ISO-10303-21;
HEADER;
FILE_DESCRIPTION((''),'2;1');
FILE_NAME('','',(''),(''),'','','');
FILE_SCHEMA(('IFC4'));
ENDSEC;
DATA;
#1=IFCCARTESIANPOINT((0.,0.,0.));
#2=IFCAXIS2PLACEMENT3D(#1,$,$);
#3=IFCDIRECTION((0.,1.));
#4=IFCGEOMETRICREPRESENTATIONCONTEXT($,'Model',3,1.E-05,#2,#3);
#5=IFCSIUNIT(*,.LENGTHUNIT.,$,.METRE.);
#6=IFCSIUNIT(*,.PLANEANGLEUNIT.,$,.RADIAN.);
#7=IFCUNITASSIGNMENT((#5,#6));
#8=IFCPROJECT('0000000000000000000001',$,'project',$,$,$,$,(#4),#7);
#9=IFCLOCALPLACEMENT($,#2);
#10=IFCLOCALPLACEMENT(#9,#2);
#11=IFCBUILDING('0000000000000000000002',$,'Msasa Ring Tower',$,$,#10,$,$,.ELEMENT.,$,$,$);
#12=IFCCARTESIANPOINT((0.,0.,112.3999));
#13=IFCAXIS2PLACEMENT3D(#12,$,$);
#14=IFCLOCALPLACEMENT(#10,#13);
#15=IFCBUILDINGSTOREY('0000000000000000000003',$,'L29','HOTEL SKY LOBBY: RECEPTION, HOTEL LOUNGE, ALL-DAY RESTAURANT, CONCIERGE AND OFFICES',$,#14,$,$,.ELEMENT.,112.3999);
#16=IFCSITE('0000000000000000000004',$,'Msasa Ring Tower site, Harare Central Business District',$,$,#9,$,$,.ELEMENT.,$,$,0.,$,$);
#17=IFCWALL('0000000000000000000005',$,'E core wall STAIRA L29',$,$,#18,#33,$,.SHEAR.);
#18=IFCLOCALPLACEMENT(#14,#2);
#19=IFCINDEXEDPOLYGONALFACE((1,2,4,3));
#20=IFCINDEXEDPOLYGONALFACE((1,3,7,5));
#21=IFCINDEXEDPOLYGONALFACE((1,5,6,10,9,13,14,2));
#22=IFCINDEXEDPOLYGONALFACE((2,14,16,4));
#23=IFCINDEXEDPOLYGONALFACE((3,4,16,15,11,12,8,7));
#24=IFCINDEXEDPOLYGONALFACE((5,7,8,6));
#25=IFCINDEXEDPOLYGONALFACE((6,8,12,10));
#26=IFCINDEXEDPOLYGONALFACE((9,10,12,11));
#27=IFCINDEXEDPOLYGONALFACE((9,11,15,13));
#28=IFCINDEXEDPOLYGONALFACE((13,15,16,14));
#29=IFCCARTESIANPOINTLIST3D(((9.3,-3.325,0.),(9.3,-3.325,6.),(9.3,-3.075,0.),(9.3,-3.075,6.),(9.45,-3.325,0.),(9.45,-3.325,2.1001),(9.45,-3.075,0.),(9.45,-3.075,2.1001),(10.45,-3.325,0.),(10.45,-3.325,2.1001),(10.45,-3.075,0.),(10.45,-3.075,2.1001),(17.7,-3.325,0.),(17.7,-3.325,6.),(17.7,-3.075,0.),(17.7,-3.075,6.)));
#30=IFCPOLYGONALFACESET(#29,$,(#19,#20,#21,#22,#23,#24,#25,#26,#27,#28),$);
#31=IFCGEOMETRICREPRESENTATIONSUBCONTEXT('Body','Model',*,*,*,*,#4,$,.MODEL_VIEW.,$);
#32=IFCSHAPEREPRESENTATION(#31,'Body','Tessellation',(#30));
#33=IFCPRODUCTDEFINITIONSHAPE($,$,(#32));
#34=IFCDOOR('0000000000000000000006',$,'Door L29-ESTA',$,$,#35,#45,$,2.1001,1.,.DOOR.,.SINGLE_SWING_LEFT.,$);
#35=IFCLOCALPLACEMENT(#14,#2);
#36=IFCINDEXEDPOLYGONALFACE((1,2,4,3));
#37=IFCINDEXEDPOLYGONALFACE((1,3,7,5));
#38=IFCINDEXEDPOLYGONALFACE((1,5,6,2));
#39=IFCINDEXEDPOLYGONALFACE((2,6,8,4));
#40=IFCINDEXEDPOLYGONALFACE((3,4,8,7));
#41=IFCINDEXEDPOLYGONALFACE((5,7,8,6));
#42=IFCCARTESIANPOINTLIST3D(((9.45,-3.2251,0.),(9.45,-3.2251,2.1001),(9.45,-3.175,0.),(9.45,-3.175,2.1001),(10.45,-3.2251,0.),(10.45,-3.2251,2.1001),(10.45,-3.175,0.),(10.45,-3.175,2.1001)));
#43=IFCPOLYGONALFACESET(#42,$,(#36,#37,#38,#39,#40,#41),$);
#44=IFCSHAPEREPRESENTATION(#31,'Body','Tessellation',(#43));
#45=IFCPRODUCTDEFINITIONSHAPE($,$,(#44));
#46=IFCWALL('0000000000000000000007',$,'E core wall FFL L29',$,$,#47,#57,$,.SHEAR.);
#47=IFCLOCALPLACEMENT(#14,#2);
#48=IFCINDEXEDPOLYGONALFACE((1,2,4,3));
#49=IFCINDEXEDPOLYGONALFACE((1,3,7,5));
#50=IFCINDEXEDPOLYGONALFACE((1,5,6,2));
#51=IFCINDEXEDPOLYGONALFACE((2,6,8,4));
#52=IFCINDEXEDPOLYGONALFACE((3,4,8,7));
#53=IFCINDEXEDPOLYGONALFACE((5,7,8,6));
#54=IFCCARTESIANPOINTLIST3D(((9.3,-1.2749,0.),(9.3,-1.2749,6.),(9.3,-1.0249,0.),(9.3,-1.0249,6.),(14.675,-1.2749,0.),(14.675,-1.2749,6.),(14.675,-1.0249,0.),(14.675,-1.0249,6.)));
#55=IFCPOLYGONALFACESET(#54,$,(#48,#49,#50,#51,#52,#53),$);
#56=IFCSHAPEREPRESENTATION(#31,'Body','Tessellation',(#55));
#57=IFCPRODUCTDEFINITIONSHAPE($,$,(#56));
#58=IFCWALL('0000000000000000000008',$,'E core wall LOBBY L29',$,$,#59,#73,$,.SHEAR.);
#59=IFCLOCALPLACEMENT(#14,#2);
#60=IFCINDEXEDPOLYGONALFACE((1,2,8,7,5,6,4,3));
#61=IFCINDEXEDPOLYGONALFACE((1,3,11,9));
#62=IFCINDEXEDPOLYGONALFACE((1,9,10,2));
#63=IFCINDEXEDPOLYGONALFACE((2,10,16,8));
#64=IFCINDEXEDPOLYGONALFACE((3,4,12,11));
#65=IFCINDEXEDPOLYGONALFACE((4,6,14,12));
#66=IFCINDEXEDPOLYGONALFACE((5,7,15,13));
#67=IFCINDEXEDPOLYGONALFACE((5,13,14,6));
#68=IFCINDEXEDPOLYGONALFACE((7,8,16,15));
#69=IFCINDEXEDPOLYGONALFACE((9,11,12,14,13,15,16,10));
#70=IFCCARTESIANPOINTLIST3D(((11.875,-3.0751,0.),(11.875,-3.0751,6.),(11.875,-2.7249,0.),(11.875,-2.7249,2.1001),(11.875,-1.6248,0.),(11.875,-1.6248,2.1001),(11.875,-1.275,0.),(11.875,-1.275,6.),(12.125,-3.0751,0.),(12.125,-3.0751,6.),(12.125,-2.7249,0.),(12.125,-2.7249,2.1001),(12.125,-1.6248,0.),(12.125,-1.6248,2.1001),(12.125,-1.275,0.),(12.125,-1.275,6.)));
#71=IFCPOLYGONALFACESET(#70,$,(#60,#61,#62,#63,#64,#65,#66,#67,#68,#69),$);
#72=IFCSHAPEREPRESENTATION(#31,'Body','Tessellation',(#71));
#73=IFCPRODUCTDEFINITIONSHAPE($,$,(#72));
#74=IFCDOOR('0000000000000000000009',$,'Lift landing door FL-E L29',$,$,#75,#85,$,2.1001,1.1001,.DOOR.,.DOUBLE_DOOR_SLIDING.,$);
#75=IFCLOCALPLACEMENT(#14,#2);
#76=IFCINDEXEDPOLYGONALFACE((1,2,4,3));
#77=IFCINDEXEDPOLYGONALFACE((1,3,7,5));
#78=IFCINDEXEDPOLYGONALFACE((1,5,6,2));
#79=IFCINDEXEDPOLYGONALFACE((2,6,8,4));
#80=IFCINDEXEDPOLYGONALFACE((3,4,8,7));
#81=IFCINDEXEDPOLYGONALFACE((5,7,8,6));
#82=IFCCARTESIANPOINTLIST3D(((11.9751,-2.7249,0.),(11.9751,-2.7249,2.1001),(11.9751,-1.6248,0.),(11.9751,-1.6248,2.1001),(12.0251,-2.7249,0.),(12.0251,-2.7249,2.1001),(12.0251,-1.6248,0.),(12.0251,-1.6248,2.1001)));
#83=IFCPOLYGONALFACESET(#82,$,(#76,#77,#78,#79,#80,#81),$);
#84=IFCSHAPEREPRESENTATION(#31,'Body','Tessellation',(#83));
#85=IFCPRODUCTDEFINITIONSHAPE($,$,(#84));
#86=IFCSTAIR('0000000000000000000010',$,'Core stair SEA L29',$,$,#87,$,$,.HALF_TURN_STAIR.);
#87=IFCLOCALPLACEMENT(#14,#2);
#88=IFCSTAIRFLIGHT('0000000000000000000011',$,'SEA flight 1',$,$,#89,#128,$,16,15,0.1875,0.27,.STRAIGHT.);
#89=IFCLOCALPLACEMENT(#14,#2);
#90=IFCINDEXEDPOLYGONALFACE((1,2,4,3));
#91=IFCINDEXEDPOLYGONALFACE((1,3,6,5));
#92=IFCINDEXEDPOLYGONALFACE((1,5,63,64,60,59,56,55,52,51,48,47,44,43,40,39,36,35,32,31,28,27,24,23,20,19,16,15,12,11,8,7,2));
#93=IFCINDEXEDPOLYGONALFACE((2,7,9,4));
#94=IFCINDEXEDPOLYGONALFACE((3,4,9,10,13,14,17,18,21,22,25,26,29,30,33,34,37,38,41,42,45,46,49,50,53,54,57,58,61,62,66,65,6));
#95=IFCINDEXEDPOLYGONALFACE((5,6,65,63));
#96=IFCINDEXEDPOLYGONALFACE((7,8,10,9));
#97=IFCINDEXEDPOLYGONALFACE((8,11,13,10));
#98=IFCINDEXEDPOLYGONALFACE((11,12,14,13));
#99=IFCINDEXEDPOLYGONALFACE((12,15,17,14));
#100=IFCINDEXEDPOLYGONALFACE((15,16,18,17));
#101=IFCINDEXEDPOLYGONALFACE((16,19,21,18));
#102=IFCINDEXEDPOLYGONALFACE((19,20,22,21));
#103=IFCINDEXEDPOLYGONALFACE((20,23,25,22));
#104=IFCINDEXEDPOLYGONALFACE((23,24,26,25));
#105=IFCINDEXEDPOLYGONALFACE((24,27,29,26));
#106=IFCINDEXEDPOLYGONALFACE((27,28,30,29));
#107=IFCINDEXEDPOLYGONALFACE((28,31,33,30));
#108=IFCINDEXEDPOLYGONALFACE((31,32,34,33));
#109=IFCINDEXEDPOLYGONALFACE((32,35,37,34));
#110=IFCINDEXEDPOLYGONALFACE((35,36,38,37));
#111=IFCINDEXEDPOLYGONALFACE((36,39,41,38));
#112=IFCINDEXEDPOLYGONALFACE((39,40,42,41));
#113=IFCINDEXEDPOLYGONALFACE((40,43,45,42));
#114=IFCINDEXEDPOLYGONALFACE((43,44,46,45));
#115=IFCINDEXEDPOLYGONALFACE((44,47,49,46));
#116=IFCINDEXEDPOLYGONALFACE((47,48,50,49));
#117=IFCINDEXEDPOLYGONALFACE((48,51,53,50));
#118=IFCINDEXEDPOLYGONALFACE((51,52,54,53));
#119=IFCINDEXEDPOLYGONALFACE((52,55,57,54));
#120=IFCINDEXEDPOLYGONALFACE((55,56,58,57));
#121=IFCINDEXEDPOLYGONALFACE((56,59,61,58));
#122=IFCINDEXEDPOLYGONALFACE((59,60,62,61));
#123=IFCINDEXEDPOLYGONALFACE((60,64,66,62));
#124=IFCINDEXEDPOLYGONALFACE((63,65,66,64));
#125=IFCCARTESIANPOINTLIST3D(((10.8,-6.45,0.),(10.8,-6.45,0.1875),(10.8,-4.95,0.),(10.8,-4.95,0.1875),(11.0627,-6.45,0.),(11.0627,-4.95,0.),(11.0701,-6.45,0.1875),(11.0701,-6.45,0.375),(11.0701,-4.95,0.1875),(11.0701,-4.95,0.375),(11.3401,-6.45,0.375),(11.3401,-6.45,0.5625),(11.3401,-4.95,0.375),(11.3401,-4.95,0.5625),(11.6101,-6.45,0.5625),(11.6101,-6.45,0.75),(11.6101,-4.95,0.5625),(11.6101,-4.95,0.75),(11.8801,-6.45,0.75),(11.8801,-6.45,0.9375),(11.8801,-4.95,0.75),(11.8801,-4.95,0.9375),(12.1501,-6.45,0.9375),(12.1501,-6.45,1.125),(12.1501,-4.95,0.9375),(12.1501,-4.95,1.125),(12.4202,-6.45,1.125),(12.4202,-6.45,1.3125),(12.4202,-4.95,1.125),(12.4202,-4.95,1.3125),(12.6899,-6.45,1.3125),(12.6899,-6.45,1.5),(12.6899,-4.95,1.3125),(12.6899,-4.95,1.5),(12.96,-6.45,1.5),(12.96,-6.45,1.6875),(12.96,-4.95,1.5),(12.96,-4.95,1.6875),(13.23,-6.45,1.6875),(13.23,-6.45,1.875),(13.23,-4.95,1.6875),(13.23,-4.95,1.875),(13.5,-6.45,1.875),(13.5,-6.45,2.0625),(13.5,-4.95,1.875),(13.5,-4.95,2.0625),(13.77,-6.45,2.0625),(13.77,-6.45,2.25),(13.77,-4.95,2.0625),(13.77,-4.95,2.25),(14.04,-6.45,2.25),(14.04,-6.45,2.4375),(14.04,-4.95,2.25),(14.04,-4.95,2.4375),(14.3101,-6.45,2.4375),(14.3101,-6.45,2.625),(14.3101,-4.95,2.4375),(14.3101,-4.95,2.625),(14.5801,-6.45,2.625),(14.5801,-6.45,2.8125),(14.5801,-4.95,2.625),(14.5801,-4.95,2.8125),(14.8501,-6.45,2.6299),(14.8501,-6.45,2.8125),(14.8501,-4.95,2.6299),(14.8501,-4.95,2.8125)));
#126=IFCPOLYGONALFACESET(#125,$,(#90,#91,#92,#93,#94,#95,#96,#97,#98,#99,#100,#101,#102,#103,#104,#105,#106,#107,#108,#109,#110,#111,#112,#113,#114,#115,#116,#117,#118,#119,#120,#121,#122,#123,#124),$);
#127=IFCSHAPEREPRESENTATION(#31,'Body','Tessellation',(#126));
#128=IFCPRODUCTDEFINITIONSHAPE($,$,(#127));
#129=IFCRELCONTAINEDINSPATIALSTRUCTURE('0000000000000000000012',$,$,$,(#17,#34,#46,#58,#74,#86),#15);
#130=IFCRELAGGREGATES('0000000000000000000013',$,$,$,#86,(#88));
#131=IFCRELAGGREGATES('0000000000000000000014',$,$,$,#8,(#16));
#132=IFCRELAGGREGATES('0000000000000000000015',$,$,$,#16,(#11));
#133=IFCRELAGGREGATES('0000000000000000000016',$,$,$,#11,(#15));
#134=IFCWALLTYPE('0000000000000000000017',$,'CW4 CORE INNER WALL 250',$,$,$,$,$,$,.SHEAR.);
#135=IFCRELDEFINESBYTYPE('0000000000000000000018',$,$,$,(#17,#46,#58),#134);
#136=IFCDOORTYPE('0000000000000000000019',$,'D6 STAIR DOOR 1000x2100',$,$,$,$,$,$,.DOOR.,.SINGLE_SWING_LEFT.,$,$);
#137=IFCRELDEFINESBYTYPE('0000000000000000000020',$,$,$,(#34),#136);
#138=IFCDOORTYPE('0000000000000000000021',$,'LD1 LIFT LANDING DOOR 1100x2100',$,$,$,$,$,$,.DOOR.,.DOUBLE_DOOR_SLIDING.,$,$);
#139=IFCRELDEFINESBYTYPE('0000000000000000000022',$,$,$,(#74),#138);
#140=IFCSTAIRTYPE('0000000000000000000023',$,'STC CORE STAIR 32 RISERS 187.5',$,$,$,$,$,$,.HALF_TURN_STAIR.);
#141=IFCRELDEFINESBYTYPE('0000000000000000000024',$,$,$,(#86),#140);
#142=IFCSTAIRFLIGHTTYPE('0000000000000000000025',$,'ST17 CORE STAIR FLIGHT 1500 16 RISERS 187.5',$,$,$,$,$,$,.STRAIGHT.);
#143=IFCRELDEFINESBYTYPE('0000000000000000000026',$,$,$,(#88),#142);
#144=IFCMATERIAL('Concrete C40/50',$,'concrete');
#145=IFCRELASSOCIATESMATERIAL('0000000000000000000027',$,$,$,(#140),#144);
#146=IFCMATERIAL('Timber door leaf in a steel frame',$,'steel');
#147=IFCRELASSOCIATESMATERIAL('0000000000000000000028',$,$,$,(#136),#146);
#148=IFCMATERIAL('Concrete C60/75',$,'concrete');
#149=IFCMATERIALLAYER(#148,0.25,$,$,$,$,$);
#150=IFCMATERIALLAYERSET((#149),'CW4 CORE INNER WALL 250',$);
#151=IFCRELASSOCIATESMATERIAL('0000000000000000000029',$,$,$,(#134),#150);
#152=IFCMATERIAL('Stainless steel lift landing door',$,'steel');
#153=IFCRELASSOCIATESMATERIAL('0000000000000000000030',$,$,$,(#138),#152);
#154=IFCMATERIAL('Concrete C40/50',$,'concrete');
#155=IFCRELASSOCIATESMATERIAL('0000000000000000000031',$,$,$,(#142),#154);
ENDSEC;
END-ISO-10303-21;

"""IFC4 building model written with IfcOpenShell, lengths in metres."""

from ifc_helpers import new_model, si_unit, direction, frame, frame_2d, origin, place, context, subcontext, project, spatial, polyline, rectangle, outline, extrude, material, layer, layer_set, type_object, element, fill, aggregate, save


model = new_model("IFC4")

# Units and contexts
model_context = context("Model", 3, precision=1e-05, world=origin(), true_north=direction((0.0, 1.0)))
body_context = subcontext(model_context, "Body", "Model", "MODEL_VIEW")
ifc_project = project(units=[si_unit("LENGTHUNIT", "METRE"), si_unit("PLANEANGLEUNIT", "RADIAN")], contexts=[model_context])

# Site, building, storey
site_placement = place(None, origin())
site = spatial("IfcSite", under=ifc_project, at=site_placement, Name="Msasa Ring Tower site, Harare Central Business District", CompositionType="ELEMENT", RefElevation=0.0)
building_placement = place(site_placement, origin())
building = spatial("IfcBuilding", under=site, at=building_placement, Name="Msasa Ring Tower", CompositionType="ELEMENT")
storey_placement = place(building_placement, frame((0.0, 0.0, 112.3999)))
storey = spatial("IfcBuildingStorey", under=building, at=storey_placement, Name="L29", Description="HOTEL SKY LOBBY: RECEPTION, HOTEL LOUNGE, ALL-DAY RESTAURANT, CONCIERGE AND OFFICES", CompositionType="ELEMENT", Elevation=112.3999)

# Shared definitions
ifc_material_1 = material(Name="Concrete C40/50", Category="concrete")
stair_type = type_object("IfcStairType", Name="STC CORE STAIR 32 RISERS 187.5", PredefinedType="HALF_TURN_STAIR", material=ifc_material_1)

# Shared definitions
ifc_material_2 = material(Name="Timber door leaf in a steel frame", Category="steel")
door_type_1 = type_object("IfcDoorType", Name="D6 STAIR DOOR 1000x2100", OperationType="SINGLE_SWING_LEFT", PredefinedType="DOOR", material=ifc_material_2)

# Wall, opening, door
ifc_material_3 = material(Name="Concrete C60/75", Category="concrete")
ifc_layer_1 = layer(ifc_material_3, 0.25)
ifc_layer_set_1 = layer_set([ifc_layer_1], Name="CW4 CORE INNER WALL 250")
wall_type_1 = type_object("IfcWallType", Name="CW4 CORE INNER WALL 250", PredefinedType="SHEAR", material=ifc_layer_set_1)
wall_1_placement = place(storey_placement, frame((9.3, -3.2, 0.0), z_axis=(0.0, 0.0, 1.0), x_axis=(1.0, 0.0, 0.0)))
wall_1 = element("IfcWall", 1, at=wall_1_placement, inside=storey, type_object=wall_type_1, Name="E core wall STAIRA L29", PredefinedType="SHEAR", context=body_context, shape_type="SweptSolid", body=[
    extrude(rectangle(XDim=8.3999, YDim=0.25, at=frame_2d((4.2, 0.0))), origin(), (0.0, 0.0, 1.0), 6.0),
])
opening_1_placement = place(wall_1_placement, frame((0.1499, 0.0, 0.0)))
opening_1 = element("IfcOpeningElement", 2, at=opening_1_placement, cuts=wall_1, PredefinedType="OPENING", context=body_context, shape_type="SweptSolid", body=[
    extrude(rectangle(XDim=1.0, YDim=2.1001, at=frame_2d((0.5, 1.05))), frame((0.0, 0.135, 0.0), z_axis=(0.0, -1.0, 0.0), x_axis=(1.0, 0.0, 0.0)), (0.0, 0.0, 1.0), 0.27),
])
door_1_placement = place(opening_1_placement, origin())
door_1 = element("IfcDoor", 3, at=door_1_placement, inside=storey, type_object=door_type_1, Name="Door L29-ESTA", OperationType="SINGLE_SWING_LEFT", OverallHeight=2.1001, OverallWidth=1.0, PredefinedType="DOOR", context=body_context, shape_type="SweptSolid", body=[
    extrude(rectangle(XDim=1.0, YDim=2.1001, at=frame_2d((0.5, 1.05))), frame((0.0, 0.0249, 0.0), z_axis=(0.0, -1.0, 0.0), x_axis=(1.0, 0.0, 0.0)), (0.0, 0.0, 1.0), 0.05),
])
fill(opening_1, door_1)

# Wall
wall_2_placement = place(storey_placement, frame((9.3, -1.1499, 0.0), z_axis=(0.0, 0.0, 1.0), x_axis=(1.0, 0.0, 0.0)))
element("IfcWall", 4, at=wall_2_placement, inside=storey, type_object=wall_type_1, Name="E core wall FFL L29", PredefinedType="SHEAR", context=body_context, shape_type="SweptSolid", body=[
    extrude(rectangle(XDim=5.375, YDim=0.25, at=frame_2d((2.6875, 0.0))), origin(), (0.0, 0.0, 1.0), 6.0),
])

# Wall, opening, door
wall_3_placement = place(storey_placement, frame((12.0, -3.075, 0.0), z_axis=(0.0, 0.0, 1.0), x_axis=(0.0, 1.0, 0.0)))
wall_3 = element("IfcWall", 5, at=wall_3_placement, inside=storey, type_object=wall_type_1, Name="E core wall LOBBY L29", PredefinedType="SHEAR", context=body_context, shape_type="SweptSolid", body=[
    extrude(rectangle(XDim=1.8, YDim=0.25, at=frame_2d((0.8999, 0.0))), origin(), (0.0, 0.0, 1.0), 6.0),
])
opening_2_placement = place(wall_3_placement, frame((0.3501, 0.0, 0.0)))
opening_2 = element("IfcOpeningElement", 6, at=opening_2_placement, cuts=wall_3, PredefinedType="OPENING", context=body_context, shape_type="SweptSolid", body=[
    extrude(rectangle(XDim=1.1001, YDim=2.1001, at=frame_2d((0.55, 1.05))), frame((0.0, 0.135, 0.0), z_axis=(0.0, -1.0, 0.0), x_axis=(1.0, 0.0, 0.0)), (0.0, 0.0, 1.0), 0.27),
])
ifc_material_4 = material(Name="Stainless steel lift landing door", Category="steel")
door_type_2 = type_object("IfcDoorType", Name="LD1 LIFT LANDING DOOR 1100x2100", OperationType="DOUBLE_DOOR_SLIDING", PredefinedType="DOOR", material=ifc_material_4)
door_2_placement = place(opening_2_placement, origin())
door_2 = element("IfcDoor", 7, at=door_2_placement, inside=storey, type_object=door_type_2, Name="Lift landing door FL-E L29", OperationType="DOUBLE_DOOR_SLIDING", OverallHeight=2.1001, OverallWidth=1.1001, PredefinedType="DOOR", context=body_context, shape_type="SweptSolid", body=[
    extrude(rectangle(XDim=1.1001, YDim=2.1001, at=frame_2d((0.55, 1.05))), frame((0.0, 0.0249, 0.0), z_axis=(0.0, -1.0, 0.0), x_axis=(1.0, 0.0, 0.0)), (0.0, 0.0, 1.0), 0.05),
])
fill(opening_2, door_2)

# Stair, stair flight
stair_1_placement = place(storey_placement, origin())
stair_1 = element("IfcStair", 8, at=stair_1_placement, inside=storey, type_object=stair_type, Name="Core stair SEA L29", PredefinedType="HALF_TURN_STAIR")
ifc_material_5 = material(Name="Concrete C40/50", Category="concrete")
stair_flight_type = type_object("IfcStairFlightType", Name="ST17 CORE STAIR FLIGHT 1500 16 RISERS 187.5", PredefinedType="STRAIGHT", material=ifc_material_5)
stair_flight_placement = place(storey_placement, frame((10.8, -5.7, 0.0), z_axis=(0.0, 0.0, 1.0), x_axis=(1.0, 0.0, 0.0)))
stair_flight = element("IfcStairFlight", 9, at=stair_flight_placement, type_object=stair_flight_type, Name="SEA flight 1", NumberOfRisers=16, NumberOfTreads=15, PredefinedType="STRAIGHT", RiserHeight=0.1875, TreadLength=0.27, context=body_context, shape_type="SweptSolid", body=[
    extrude(outline(polyline([(0.0, 0.0), (0.0, 0.1875), (0.27, 0.1875), (0.27, 0.375), (0.54, 0.375), (0.54, 0.5625), (0.8101, 0.5625), (0.8101, 0.75), (1.0801, 0.75), (1.0801, 0.9375), (1.3501, 0.9375), (1.3501, 1.125), (1.6201, 1.125), (1.6201, 1.3125), (1.8899, 1.3125), (1.8899, 1.5), (2.1599, 1.5), (2.1599, 1.6875), (2.4299, 1.6875), (2.4299, 1.875), (2.7, 1.875), (2.7, 2.0625), (2.97, 2.0625), (2.97, 2.25), (3.24, 2.25), (3.24, 2.4375), (3.51, 2.4375), (3.51, 2.625), (3.78, 2.625), (3.78, 2.8125), (4.05, 2.8125), (4.05, 3.0), (4.05, 2.6299), (0.2627, 0.0), (0.0, 0.0)])), frame((0.0, 0.75, 0.0), z_axis=(0.0, -1.0, 0.0), x_axis=(1.0, 0.0, 0.0)), (0.0, 0.0, 1.0), 1.5),
])
aggregate(stair_1, [stair_flight])

save(model, "model.ifc")
